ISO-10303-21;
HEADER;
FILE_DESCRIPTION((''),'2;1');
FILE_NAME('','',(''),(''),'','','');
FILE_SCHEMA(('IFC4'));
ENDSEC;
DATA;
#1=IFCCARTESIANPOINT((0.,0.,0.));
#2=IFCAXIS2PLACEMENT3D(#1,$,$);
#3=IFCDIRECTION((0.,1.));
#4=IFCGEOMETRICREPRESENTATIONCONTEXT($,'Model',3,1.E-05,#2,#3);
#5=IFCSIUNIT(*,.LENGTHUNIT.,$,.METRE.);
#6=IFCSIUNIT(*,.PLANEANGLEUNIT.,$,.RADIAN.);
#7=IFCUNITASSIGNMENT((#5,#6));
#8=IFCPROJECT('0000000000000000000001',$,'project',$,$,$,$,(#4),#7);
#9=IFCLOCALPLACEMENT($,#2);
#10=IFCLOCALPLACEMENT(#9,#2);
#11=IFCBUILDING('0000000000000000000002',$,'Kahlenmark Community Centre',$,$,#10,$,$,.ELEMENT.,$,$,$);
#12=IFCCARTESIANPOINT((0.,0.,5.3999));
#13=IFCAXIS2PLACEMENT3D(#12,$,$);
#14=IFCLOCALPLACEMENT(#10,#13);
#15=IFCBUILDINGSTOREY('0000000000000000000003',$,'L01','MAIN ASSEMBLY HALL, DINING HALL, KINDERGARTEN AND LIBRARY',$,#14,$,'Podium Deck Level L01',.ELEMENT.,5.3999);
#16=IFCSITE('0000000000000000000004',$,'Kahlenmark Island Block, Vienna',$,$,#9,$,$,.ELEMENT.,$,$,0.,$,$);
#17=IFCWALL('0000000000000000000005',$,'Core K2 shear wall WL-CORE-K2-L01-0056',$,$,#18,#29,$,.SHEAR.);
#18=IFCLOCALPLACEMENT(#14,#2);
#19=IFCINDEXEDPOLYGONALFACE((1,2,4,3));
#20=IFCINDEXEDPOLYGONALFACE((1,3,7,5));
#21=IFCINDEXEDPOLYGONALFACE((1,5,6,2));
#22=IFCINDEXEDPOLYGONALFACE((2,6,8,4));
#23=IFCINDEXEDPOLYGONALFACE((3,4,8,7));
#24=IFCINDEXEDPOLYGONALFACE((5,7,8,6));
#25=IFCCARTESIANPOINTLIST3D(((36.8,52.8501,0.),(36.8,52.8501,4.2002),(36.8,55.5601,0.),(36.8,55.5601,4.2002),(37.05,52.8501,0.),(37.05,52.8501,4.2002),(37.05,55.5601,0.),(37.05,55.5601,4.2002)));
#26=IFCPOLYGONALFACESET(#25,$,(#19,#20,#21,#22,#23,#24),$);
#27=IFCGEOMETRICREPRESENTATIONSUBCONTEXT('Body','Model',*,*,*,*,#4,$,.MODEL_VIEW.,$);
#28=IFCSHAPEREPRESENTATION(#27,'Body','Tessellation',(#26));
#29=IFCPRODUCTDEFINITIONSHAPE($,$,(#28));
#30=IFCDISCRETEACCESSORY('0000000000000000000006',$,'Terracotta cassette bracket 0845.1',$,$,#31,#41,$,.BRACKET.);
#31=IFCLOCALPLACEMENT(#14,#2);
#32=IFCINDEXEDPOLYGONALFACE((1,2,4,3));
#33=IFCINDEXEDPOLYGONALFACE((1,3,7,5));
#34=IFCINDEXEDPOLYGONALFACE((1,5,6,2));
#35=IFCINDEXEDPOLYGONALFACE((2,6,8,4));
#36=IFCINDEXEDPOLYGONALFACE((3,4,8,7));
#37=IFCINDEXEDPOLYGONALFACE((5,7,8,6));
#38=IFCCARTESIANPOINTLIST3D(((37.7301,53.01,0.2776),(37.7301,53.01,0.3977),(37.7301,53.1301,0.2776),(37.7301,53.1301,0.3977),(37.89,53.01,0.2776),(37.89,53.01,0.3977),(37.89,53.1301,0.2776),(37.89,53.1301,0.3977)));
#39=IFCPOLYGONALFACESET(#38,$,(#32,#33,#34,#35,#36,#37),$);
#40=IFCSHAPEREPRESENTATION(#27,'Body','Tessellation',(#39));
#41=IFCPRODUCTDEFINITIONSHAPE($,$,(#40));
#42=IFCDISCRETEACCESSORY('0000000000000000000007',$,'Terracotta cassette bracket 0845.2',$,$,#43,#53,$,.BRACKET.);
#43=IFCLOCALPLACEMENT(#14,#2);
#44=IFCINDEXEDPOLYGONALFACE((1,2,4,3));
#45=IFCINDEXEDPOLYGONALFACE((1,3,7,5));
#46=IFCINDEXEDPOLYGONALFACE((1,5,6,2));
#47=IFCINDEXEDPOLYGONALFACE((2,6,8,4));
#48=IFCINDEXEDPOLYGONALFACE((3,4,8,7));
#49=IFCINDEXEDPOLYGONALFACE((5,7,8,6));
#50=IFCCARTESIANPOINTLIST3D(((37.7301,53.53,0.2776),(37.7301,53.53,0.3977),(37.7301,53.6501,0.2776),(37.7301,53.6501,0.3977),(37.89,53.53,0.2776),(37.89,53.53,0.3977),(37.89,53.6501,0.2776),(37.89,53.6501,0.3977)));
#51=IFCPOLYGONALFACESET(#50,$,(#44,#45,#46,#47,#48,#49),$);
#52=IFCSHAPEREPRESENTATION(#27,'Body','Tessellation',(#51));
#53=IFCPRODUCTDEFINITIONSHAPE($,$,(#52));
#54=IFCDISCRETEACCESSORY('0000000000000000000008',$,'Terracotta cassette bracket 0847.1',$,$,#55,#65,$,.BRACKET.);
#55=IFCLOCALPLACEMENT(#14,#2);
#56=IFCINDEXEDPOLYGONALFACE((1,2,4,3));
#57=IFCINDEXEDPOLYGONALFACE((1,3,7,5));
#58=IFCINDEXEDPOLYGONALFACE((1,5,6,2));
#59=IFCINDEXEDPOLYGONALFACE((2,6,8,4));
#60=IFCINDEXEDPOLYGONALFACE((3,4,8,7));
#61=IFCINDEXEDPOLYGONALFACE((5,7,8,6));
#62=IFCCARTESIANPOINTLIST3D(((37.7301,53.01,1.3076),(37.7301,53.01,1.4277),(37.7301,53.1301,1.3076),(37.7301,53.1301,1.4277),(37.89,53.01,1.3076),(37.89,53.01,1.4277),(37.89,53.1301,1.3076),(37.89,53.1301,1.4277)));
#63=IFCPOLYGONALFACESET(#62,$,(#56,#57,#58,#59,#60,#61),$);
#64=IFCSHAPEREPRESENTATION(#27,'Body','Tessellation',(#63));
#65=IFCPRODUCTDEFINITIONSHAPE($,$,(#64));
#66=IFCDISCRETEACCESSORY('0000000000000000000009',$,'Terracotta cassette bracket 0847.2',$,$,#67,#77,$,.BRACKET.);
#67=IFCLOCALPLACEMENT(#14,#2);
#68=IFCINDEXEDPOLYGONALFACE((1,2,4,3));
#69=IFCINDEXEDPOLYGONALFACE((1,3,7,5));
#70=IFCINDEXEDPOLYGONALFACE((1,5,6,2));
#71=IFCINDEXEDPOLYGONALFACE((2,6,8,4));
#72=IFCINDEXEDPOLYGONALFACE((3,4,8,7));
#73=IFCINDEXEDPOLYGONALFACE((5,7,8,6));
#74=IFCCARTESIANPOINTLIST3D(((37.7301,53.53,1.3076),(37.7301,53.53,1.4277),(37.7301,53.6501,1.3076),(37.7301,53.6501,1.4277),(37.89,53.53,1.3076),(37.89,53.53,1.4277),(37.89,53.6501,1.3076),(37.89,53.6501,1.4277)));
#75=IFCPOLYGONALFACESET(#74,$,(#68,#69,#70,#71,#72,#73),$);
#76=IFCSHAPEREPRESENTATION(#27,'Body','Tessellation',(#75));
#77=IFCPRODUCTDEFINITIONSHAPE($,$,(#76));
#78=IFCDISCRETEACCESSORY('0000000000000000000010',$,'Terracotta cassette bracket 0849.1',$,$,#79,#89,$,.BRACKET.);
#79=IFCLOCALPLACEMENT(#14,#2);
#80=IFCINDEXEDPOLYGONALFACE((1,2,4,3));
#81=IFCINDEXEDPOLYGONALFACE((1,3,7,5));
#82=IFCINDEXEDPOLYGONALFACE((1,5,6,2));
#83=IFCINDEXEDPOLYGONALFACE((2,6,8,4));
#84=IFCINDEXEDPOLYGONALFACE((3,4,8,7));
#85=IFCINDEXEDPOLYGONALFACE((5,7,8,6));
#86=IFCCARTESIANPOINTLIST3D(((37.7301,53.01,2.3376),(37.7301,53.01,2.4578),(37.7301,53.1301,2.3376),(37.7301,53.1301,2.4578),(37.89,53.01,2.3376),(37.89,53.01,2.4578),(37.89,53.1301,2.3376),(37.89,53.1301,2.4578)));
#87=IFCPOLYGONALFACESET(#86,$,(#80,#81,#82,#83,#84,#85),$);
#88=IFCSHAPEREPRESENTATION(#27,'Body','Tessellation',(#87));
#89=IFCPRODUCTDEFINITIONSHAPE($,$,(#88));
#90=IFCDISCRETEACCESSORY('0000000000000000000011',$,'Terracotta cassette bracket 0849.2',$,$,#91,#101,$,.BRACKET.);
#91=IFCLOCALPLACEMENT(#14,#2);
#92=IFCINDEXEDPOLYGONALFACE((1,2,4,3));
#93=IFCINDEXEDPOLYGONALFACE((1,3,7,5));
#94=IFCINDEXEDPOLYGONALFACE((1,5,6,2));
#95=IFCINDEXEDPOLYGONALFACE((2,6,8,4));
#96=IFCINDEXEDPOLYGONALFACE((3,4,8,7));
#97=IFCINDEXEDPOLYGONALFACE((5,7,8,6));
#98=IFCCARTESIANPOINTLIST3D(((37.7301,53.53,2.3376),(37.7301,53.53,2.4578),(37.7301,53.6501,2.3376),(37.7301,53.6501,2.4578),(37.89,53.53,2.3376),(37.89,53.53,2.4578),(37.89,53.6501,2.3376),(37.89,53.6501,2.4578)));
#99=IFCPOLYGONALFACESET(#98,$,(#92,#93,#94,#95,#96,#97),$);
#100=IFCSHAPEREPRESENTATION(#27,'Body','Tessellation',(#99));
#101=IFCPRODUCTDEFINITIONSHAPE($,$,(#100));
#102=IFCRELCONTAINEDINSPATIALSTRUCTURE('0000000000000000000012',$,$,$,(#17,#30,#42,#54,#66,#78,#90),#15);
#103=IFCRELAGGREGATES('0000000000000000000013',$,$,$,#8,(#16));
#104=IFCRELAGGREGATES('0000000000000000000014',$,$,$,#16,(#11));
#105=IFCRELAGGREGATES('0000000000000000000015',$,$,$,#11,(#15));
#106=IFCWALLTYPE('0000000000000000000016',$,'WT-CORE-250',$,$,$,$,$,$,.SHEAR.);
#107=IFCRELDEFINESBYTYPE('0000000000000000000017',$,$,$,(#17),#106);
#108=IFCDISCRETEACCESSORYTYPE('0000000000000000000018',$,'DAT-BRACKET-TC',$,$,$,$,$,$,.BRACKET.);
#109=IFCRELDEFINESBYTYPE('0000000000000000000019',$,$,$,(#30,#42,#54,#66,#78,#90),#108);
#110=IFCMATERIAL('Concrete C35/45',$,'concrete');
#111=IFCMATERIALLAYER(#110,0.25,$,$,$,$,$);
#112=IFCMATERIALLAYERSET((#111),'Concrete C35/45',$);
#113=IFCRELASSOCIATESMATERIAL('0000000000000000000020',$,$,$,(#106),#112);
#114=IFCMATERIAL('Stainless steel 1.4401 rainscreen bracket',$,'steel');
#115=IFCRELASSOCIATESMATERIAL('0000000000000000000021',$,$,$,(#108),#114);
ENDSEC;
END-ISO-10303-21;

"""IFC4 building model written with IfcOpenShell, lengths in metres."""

from ifc_helpers import new_model, si_unit, direction, frame, frame_2d, origin, origin_2d, place, context, subcontext, project, spatial, rectangle, extrude, material, layer, layer_set, type_object, element, save


model = new_model("IFC4")

# Units and contexts
model_context = context("Model", 3, precision=1e-05, world=origin(), true_north=direction((0.0, 1.0)))
body_context = subcontext(model_context, "Body", "Model", "MODEL_VIEW")
ifc_project = project(units=[si_unit("LENGTHUNIT", "METRE"), si_unit("PLANEANGLEUNIT", "RADIAN")], contexts=[model_context])

# Site, building, storey
site_placement = place(None, origin())
site = spatial("IfcSite", under=ifc_project, at=site_placement, Name="Kahlenmark Island Block, Vienna", CompositionType="ELEMENT", RefElevation=0.0)
building_placement = place(site_placement, origin())
building = spatial("IfcBuilding", under=site, at=building_placement, Name="Kahlenmark Community Centre", CompositionType="ELEMENT")
storey_placement = place(building_placement, frame((0.0, 0.0, 5.3999)))
storey = spatial("IfcBuildingStorey", under=building, at=storey_placement, Name="L01", Description="MAIN ASSEMBLY HALL, DINING HALL, KINDERGARTEN AND LIBRARY", LongName="Podium Deck Level L01", CompositionType="ELEMENT", Elevation=5.3999)

# Wall
ifc_material_1 = material(Name="Concrete C35/45", Category="concrete")
ifc_layer_1 = layer(ifc_material_1, 0.25)
ifc_layer_set_1 = layer_set([ifc_layer_1], Name="Concrete C35/45")
wall_type = type_object("IfcWallType", Name="WT-CORE-250", PredefinedType="SHEAR", material=ifc_layer_set_1)
wall_1_placement = place(storey_placement, frame((36.925, 52.8501, 0.0), z_axis=(0.0, 0.0, 1.0), x_axis=(0.0, 1.0, 0.0)))
element("IfcWall", 1, at=wall_1_placement, inside=storey, type_object=wall_type, Name="Core K2 shear wall WL-CORE-K2-L01-0056", PredefinedType="SHEAR", context=body_context, shape_type="SweptSolid", body=[
    extrude(rectangle(XDim=2.71, YDim=0.25, at=frame_2d((1.355, 0.0))), origin(), (0.0, 0.0, 1.0), 4.2002),
])

# Discrete accessories
ifc_material_2 = material(Name="Stainless steel 1.4401 rainscreen bracket", Category="steel")
discrete_accessory_type = type_object("IfcDiscreteAccessoryType", Name="DAT-BRACKET-TC", PredefinedType="BRACKET", material=ifc_material_2)
for number, where, z_axis, x_axis, name in (
    (2, (37.8101, 53.0701, 0.2776), (0.0, 0.0, 1.0), (0.0, 1.0, 0.0), "Terracotta cassette bracket 0845.1"),
    (3, (37.8101, 53.5901, 0.2776), (0.0, 0.0, 1.0), (0.0, 1.0, 0.0), "Terracotta cassette bracket 0845.2"),
    (4, (37.8101, 53.0701, 1.3076), (0.0, 0.0, 1.0), (0.0, 1.0, 0.0), "Terracotta cassette bracket 0847.1"),
    (5, (37.8101, 53.5901, 1.3076), (0.0, 0.0, 1.0), (0.0, 1.0, 0.0), "Terracotta cassette bracket 0847.2"),
    (6, (37.8101, 53.0701, 2.3376), (0.0, 0.0, 1.0), (0.0, 1.0, 0.0), "Terracotta cassette bracket 0849.1"),
    (7, (37.8101, 53.5901, 2.3376), (0.0, 0.0, 1.0), (0.0, 1.0, 0.0), "Terracotta cassette bracket 0849.2"),
):
    element("IfcDiscreteAccessory", number, at=place(storey_placement, frame(where, z_axis=z_axis, x_axis=x_axis)), inside=storey, type_object=discrete_accessory_type, Name=name, PredefinedType="BRACKET", context=body_context, shape_type="SweptSolid", body=[
        extrude(rectangle(XDim=0.1201, YDim=0.1599, at=origin_2d()), origin(), (0.0, 0.0, 1.0), 0.1201),
    ])

save(model, "model.ifc")
